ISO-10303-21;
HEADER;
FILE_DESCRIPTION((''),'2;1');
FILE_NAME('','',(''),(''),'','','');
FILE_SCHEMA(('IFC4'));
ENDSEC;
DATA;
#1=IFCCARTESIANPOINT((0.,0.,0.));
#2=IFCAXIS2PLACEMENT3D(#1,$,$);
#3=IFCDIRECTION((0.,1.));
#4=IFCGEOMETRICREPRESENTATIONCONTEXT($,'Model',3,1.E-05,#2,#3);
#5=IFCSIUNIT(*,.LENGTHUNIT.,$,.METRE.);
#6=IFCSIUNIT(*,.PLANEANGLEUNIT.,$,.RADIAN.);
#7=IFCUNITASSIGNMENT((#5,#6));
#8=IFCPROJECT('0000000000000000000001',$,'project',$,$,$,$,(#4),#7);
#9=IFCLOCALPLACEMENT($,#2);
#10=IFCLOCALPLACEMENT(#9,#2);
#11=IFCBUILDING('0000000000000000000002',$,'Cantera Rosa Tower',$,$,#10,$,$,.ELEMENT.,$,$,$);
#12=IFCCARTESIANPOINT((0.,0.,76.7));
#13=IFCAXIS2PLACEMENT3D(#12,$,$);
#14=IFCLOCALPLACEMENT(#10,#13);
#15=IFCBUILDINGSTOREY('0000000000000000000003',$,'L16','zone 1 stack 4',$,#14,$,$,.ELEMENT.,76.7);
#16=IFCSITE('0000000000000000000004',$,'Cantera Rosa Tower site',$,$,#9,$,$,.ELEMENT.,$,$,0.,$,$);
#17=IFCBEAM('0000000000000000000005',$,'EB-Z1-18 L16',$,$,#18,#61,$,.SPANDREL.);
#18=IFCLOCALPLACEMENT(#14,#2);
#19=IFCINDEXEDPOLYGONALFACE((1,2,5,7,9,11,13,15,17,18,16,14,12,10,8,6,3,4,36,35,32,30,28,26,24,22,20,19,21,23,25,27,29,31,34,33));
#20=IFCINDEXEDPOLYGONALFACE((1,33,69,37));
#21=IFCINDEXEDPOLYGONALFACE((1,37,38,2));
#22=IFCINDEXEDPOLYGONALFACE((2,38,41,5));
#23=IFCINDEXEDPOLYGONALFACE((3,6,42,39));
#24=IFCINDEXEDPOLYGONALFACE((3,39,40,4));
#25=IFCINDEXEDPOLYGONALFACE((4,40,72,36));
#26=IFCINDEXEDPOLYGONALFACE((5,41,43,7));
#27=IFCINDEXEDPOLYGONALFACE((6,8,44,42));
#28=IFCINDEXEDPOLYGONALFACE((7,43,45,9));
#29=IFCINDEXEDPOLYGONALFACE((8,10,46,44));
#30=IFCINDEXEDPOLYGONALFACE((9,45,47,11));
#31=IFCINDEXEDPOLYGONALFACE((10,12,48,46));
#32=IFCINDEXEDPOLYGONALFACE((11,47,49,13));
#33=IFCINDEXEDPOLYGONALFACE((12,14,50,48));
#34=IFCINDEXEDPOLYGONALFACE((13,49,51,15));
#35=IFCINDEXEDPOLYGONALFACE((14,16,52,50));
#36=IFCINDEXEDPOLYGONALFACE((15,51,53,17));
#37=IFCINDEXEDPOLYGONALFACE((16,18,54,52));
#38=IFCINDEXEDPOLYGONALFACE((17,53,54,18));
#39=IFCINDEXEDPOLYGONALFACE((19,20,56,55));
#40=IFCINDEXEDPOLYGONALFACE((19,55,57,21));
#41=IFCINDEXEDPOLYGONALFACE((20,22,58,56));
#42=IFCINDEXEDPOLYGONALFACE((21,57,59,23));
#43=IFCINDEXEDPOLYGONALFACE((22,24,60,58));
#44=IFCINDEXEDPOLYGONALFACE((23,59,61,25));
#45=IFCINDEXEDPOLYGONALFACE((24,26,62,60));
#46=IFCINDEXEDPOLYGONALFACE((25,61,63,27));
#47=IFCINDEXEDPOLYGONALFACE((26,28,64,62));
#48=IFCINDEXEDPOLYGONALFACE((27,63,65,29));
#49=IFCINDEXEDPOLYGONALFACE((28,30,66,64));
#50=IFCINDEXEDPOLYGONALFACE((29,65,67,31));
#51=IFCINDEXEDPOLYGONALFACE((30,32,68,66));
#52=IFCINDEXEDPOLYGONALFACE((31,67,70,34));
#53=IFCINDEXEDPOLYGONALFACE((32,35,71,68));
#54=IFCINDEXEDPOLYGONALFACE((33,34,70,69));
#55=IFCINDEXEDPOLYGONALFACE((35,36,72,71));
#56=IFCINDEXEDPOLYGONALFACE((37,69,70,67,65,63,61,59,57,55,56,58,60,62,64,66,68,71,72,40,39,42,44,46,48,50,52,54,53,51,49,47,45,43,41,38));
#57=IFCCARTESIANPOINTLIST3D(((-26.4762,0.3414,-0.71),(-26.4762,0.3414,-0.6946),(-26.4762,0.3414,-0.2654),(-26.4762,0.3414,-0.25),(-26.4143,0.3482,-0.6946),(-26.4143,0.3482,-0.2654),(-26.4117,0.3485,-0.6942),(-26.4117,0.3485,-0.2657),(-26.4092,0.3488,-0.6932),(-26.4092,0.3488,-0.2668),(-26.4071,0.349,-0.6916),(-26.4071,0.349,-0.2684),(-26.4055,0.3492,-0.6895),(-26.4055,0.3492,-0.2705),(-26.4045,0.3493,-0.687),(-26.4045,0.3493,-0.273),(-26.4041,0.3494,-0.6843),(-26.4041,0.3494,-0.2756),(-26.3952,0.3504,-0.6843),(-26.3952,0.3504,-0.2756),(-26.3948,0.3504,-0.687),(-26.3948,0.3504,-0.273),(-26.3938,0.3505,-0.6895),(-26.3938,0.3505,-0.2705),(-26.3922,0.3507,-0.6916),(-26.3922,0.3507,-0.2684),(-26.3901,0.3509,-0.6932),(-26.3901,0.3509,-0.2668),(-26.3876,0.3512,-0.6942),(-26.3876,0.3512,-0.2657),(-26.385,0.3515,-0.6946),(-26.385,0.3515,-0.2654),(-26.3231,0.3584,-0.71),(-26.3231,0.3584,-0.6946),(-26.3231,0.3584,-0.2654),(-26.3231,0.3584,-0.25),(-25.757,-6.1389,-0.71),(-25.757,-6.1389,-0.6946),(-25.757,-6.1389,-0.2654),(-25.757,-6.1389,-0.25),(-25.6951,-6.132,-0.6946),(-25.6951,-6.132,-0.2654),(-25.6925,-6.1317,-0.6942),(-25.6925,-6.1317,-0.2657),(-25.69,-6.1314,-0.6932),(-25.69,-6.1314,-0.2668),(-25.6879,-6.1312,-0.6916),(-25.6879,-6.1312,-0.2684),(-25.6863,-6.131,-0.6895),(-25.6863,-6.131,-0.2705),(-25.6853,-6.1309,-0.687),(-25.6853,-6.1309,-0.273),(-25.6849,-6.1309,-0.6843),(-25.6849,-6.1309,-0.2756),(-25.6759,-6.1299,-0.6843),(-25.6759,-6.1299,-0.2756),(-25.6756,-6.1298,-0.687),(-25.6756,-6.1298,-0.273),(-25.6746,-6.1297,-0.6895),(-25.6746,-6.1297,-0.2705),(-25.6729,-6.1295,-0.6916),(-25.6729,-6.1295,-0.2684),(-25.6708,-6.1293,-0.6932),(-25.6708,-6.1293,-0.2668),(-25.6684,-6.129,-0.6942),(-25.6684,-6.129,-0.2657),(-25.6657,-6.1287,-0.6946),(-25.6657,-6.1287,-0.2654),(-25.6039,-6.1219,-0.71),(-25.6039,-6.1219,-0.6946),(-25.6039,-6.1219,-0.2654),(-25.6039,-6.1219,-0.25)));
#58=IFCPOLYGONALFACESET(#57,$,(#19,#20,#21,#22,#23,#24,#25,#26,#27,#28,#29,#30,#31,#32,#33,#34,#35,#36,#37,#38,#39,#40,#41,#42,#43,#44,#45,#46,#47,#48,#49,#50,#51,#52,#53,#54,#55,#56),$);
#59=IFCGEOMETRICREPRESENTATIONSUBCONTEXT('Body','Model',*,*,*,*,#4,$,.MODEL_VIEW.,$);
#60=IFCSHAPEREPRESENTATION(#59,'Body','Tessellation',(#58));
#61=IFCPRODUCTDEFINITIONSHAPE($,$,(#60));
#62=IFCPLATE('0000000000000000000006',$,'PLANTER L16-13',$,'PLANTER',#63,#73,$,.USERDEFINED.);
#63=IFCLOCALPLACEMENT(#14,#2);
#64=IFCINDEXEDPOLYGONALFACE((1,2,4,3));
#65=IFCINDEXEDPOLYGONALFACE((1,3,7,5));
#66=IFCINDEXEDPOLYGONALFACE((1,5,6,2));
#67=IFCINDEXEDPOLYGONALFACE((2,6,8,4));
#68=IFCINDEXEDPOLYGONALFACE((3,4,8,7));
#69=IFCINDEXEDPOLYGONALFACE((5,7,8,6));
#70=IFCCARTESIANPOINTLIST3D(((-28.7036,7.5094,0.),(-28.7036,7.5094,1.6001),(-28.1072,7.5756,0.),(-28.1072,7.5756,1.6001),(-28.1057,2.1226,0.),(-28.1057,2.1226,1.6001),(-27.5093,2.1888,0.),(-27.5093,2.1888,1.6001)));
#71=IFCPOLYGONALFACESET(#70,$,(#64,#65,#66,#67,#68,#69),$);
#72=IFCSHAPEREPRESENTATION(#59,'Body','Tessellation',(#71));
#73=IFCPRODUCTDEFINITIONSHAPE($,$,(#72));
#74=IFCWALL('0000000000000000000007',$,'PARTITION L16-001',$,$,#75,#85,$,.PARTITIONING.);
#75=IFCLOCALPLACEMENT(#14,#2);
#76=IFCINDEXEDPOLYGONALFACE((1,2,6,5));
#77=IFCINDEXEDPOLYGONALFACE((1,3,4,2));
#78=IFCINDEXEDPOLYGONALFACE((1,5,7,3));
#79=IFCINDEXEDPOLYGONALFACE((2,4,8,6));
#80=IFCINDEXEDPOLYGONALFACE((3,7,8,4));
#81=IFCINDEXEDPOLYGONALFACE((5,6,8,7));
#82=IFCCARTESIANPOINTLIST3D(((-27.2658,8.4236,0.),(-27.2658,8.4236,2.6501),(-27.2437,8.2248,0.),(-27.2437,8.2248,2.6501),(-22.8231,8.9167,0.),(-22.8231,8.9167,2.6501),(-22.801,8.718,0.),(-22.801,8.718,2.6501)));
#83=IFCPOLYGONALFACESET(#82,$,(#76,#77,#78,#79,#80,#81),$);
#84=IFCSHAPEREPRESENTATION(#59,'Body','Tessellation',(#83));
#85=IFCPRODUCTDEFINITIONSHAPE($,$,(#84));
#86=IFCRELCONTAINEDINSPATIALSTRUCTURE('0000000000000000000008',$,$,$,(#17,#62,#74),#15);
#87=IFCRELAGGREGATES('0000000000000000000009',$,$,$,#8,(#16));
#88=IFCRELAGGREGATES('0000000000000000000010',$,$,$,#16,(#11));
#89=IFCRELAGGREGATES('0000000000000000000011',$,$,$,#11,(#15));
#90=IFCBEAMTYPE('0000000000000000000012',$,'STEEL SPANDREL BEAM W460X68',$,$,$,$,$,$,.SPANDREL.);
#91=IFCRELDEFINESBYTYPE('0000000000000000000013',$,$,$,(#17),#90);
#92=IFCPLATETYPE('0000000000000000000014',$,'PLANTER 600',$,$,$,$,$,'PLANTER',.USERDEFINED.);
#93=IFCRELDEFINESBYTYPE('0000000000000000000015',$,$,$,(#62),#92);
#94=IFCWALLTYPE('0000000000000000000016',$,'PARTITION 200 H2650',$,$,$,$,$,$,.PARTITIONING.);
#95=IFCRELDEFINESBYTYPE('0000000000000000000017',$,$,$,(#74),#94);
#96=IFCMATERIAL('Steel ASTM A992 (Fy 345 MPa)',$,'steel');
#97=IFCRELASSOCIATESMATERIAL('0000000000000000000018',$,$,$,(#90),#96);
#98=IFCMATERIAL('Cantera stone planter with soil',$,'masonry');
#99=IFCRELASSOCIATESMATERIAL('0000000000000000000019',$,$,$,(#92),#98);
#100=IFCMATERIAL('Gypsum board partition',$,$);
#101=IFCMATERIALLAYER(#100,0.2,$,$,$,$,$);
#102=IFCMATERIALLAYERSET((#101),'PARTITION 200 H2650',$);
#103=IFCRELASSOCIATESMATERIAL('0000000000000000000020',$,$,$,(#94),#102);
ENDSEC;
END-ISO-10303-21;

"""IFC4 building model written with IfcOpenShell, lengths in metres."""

from ifc_helpers import new_model, si_unit, direction, frame, frame_2d, origin, origin_2d, place, context, subcontext, project, spatial, rectangle, i_section, extrude, material, layer, layer_set, material_profile, profile_set, type_object, element, save


model = new_model("IFC4")

# Units and contexts
model_context = context("Model", 3, precision=1e-05, world=origin(), true_north=direction((0.0, 1.0)))
body_context = subcontext(model_context, "Body", "Model", "MODEL_VIEW")
ifc_project = project(units=[si_unit("LENGTHUNIT", "METRE"), si_unit("PLANEANGLEUNIT", "RADIAN")], contexts=[model_context])

# Site, building, storey
site_placement = place(None, origin())
site = spatial("IfcSite", under=ifc_project, at=site_placement, Name="Cantera Rosa Tower site", CompositionType="ELEMENT", RefElevation=0.0)
building_placement = place(site_placement, origin())
building = spatial("IfcBuilding", under=site, at=building_placement, Name="Cantera Rosa Tower", CompositionType="ELEMENT")
storey_placement = place(building_placement, frame((0.0, 0.0, 76.7)))
storey = spatial("IfcBuildingStorey", under=building, at=storey_placement, Name="L16", Description="zone 1 stack 4", CompositionType="ELEMENT", Elevation=76.7)

# Beam
ifc_material_1 = material(Name="Steel ASTM A992 (Fy 345 MPa)", Category="steel")
ifc_material_profile_1 = material_profile(ifc_material_1, i_section(OverallWidth=0.1541, OverallDepth=0.46, WebThickness=0.009, FlangeThickness=0.0154, FilletRadius=0.0103, at=origin_2d()), Name="W460X68")
ifc_profile_set_1 = profile_set([ifc_material_profile_1], Name="Steel ASTM A992 (Fy 345 MPa)")
beam_type_1 = type_object("IfcBeamType", Name="STEEL SPANDREL BEAM W460X68", PredefinedType="SPANDREL", material=ifc_profile_set_1)
for number, where, z_axis, x_axis, name in (
    (1, (-26.3997, 0.3499, -0.48), (0.110312, -0.993897, 0.0), (0.993897, 0.110312, 0.0), "EB-Z1-18 L16"),
):
    element("IfcBeam", number, at=place(storey_placement, frame(where, z_axis=z_axis, x_axis=x_axis)), inside=storey, type_object=beam_type_1, Name=name, PredefinedType="SPANDREL", context=body_context, shape_type="SweptSolid", body=[
        extrude(i_section(OverallWidth=0.1541, OverallDepth=0.46, WebThickness=0.009, FlangeThickness=0.0154, FilletRadius=0.0103, at=origin_2d()), origin(), (0.0, 0.0, 1.0), 6.52),
    ])

# Plate
ifc_material_2 = material(Name="Cantera stone planter with soil", Category="masonry")
plate_type = type_object("IfcPlateType", Name="PLANTER 600", ElementType="PLANTER", PredefinedType="USERDEFINED", material=ifc_material_2)
plate_placement = place(storey_placement, frame((-28.1064, 4.8491, 0.0), z_axis=(0.0, 0.0, 1.0), x_axis=(0.110313, -0.993897, 0.0)))
element("IfcPlate", 2, at=plate_placement, inside=storey, type_object=plate_type, Name="PLANTER L16-13", ObjectType="PLANTER", PredefinedType="USERDEFINED", context=body_context, shape_type="SweptSolid", body=[
    extrude(rectangle(XDim=5.4199, YDim=0.6001, at=origin_2d()), origin(), (0.0, 0.0, 1.0), 1.6001),
])

# Wall
ifc_material_3 = material(Name="Gypsum board partition")
ifc_layer_1 = layer(ifc_material_3, 0.2)
ifc_layer_set_1 = layer_set([ifc_layer_1], Name="PARTITION 200 H2650")
wall_type_1 = type_object("IfcWallType", Name="PARTITION 200 H2650", PredefinedType="PARTITIONING", material=ifc_layer_set_1)
wall_1_placement = place(storey_placement, frame((-27.2546, 8.3242, 0.0), z_axis=(0.0, 0.0, 1.0), x_axis=(0.993895, 0.11033, 0.0)))
element("IfcWall", 3, at=wall_1_placement, inside=storey, type_object=wall_type_1, Name="PARTITION L16-001", PredefinedType="PARTITIONING", context=body_context, shape_type="SweptSolid", body=[
    extrude(rectangle(XDim=4.47, YDim=0.2, at=frame_2d((2.2349, 0.0))), origin(), (0.0, 0.0, 1.0), 2.6501),
])

save(model, "model.ifc")
